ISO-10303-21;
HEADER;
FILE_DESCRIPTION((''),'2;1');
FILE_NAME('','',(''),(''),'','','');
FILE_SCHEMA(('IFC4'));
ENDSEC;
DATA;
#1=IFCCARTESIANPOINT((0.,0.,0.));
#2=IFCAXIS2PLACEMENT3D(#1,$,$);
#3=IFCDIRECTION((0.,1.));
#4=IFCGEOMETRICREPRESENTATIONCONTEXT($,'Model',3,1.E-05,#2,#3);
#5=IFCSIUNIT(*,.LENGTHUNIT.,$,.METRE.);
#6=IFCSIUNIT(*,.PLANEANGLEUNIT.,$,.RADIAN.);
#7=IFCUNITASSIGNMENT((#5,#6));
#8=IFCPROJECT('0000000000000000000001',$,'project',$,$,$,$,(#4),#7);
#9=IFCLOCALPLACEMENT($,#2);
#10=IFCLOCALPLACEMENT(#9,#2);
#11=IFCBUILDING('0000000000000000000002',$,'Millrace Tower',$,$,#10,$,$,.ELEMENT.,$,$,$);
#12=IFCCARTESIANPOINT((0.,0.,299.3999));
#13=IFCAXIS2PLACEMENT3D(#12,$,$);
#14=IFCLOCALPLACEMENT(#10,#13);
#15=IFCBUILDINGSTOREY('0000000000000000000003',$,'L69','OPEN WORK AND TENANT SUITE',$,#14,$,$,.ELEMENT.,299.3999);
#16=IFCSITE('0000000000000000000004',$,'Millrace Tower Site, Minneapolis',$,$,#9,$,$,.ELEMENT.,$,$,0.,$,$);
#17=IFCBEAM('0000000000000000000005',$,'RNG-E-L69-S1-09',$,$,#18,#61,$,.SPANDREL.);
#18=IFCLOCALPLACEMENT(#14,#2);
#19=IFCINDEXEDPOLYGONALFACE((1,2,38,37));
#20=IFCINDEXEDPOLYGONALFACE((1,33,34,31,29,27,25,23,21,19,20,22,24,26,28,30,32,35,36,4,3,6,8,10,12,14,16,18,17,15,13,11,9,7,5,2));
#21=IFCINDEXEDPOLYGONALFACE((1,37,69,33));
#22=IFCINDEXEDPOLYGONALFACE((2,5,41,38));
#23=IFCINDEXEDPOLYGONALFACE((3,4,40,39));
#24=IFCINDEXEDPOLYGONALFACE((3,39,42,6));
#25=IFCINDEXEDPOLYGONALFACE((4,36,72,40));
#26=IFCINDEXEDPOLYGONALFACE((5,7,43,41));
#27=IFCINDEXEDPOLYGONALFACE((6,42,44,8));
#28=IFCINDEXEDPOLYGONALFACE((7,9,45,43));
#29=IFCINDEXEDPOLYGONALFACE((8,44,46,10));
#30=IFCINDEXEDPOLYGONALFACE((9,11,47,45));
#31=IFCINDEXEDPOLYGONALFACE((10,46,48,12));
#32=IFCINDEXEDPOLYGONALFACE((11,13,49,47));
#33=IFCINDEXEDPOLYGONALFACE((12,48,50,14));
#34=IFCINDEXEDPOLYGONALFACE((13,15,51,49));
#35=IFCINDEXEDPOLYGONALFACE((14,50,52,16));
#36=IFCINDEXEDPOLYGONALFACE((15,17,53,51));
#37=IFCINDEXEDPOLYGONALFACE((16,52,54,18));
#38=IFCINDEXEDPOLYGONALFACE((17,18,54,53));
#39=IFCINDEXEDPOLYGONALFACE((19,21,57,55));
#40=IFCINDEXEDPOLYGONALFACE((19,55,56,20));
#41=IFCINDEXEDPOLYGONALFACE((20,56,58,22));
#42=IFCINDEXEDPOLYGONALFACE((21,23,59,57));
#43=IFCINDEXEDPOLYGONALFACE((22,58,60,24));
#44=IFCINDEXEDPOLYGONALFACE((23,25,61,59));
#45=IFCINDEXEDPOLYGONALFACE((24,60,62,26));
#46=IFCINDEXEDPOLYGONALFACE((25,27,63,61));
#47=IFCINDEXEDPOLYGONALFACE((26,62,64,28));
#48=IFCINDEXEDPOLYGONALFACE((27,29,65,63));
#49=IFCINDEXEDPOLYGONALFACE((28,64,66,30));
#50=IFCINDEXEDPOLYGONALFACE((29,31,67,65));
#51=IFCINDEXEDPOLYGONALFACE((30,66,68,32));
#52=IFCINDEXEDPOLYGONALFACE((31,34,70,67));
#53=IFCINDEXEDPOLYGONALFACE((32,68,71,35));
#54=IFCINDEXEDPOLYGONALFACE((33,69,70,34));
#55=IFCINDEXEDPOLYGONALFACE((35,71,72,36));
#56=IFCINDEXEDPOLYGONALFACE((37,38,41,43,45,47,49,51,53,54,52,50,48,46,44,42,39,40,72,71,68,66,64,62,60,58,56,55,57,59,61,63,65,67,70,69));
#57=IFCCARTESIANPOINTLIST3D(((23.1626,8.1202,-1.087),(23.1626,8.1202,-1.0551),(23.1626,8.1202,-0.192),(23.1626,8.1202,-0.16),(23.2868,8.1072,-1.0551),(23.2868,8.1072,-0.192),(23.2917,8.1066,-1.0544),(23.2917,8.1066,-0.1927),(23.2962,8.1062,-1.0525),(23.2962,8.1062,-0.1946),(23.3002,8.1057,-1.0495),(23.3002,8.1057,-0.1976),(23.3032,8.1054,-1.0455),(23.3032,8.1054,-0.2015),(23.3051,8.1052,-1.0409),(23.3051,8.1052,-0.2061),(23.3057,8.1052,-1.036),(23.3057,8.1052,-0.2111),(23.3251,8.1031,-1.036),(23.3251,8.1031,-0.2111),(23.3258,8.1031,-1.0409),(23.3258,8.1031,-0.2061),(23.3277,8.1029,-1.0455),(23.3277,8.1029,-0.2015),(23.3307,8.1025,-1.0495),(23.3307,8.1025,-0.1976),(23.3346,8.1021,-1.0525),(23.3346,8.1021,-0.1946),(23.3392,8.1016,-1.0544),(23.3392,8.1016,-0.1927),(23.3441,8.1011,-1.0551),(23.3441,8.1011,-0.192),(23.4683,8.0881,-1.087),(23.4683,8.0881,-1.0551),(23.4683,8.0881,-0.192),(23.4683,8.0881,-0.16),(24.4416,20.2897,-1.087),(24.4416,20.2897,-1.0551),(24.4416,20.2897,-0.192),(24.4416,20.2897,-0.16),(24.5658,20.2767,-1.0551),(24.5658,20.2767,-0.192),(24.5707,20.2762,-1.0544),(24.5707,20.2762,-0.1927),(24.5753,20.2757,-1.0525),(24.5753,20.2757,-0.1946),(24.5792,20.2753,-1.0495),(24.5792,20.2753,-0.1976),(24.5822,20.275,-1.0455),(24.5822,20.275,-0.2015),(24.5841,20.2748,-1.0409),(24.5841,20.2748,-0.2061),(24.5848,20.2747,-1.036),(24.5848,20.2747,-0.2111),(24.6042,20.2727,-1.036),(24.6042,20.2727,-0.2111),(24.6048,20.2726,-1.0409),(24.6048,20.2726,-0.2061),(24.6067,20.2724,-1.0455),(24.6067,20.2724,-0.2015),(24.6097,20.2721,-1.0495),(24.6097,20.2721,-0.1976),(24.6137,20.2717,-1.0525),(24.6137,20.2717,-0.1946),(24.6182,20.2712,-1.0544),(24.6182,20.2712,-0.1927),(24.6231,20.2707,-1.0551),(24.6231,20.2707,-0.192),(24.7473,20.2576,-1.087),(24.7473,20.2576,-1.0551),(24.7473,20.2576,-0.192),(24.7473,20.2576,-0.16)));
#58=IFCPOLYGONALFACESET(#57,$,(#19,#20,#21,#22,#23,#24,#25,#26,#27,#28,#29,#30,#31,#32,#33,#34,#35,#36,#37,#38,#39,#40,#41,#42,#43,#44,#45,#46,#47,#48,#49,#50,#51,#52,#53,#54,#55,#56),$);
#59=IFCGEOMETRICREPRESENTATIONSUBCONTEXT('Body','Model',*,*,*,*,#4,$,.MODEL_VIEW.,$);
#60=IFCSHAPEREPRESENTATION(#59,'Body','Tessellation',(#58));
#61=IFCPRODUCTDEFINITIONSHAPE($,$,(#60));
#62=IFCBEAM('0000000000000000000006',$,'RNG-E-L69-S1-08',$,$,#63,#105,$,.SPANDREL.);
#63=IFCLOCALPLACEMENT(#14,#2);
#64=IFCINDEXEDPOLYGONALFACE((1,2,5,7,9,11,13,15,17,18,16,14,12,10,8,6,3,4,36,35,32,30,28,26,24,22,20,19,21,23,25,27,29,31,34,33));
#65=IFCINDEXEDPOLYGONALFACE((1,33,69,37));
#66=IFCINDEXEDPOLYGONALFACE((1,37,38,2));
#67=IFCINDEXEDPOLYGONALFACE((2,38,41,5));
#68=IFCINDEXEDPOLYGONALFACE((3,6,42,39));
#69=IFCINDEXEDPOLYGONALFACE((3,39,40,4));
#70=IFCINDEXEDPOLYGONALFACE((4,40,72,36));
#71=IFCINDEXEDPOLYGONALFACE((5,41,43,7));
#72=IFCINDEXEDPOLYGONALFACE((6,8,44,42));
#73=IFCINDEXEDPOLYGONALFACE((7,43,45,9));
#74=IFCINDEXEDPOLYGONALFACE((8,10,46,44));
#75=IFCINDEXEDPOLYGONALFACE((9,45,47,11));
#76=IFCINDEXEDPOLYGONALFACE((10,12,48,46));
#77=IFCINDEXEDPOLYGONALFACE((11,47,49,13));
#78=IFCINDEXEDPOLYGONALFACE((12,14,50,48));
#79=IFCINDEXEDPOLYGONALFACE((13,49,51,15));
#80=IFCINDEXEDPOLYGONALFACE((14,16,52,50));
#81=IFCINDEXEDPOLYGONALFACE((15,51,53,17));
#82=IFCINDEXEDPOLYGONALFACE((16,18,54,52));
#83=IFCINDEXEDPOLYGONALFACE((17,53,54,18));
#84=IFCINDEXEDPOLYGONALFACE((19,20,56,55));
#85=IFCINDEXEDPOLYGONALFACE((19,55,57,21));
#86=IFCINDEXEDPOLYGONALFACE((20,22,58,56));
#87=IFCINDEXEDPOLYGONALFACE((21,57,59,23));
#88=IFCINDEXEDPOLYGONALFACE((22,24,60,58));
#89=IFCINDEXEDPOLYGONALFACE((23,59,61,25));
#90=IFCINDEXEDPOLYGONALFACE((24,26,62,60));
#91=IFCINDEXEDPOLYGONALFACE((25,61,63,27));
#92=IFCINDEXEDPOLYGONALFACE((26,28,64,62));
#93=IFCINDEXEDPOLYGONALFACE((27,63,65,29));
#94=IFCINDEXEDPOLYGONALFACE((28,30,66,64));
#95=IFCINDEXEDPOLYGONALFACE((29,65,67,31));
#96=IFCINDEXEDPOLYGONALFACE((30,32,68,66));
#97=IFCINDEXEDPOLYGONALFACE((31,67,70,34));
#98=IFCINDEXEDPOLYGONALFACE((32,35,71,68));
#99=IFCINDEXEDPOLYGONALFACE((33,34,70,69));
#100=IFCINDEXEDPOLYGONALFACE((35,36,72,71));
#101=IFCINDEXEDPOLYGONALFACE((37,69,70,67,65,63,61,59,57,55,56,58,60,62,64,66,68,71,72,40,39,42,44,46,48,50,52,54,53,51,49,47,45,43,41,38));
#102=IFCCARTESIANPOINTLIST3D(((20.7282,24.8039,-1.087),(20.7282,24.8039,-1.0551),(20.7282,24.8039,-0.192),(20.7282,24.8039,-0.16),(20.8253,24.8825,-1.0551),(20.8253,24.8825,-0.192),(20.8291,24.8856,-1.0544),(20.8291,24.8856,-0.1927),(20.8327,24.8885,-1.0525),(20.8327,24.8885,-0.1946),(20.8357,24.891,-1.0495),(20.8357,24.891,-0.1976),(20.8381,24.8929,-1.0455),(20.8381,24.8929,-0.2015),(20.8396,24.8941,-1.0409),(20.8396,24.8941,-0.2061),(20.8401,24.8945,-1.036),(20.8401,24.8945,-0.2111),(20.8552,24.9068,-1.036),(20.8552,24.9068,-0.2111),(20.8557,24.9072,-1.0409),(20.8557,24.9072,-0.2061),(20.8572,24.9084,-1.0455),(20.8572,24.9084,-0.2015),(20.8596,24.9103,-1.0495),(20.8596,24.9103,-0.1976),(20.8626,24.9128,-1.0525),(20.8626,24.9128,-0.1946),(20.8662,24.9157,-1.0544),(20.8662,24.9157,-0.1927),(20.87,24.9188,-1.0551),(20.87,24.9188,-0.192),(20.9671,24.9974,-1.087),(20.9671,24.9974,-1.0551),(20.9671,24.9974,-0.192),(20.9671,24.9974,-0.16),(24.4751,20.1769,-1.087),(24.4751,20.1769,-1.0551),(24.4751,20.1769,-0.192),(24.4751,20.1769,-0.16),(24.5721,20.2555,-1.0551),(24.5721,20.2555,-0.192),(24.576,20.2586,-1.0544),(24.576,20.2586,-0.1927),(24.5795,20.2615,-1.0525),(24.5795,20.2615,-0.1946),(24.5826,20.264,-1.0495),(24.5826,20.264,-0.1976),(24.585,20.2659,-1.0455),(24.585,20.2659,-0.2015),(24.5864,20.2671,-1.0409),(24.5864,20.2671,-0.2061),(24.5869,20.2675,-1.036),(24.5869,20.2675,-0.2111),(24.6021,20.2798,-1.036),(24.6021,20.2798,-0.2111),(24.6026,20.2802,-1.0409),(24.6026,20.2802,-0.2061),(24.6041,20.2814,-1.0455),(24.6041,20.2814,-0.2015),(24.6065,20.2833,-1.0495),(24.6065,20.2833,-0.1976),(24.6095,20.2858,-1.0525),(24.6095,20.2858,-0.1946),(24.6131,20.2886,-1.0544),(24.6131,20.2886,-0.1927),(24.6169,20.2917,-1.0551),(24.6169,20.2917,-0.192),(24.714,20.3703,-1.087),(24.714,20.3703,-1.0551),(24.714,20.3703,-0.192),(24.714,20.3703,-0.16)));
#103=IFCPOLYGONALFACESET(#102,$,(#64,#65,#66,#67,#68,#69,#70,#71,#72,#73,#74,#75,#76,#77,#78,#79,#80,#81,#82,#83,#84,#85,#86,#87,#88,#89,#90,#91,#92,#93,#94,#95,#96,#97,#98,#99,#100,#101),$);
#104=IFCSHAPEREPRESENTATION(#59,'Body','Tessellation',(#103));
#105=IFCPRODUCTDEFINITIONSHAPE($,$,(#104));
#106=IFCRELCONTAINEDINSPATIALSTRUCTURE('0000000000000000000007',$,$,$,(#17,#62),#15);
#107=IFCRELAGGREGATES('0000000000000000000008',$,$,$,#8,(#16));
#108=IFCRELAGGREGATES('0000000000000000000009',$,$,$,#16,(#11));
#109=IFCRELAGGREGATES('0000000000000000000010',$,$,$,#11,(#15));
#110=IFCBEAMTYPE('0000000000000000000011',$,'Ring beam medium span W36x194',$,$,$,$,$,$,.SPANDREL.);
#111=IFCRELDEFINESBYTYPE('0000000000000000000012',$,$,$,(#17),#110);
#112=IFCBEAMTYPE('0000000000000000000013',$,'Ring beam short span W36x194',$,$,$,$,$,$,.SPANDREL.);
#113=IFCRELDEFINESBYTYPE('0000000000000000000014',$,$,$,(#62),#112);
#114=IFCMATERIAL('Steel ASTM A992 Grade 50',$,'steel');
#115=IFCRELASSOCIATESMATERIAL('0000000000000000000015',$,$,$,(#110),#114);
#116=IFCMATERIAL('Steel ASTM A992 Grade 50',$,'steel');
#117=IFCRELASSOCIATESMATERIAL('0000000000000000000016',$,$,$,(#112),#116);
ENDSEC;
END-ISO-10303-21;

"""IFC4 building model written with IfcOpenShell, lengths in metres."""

from ifc_helpers import new_model, si_unit, direction, frame, origin, origin_2d, place, context, subcontext, project, spatial, i_section, extrude, material, material_profile, profile_set, type_object, element, save


model = new_model("IFC4")

# Units and contexts
model_context = context("Model", 3, precision=1e-05, world=origin(), true_north=direction((0.0, 1.0)))
body_context = subcontext(model_context, "Body", "Model", "MODEL_VIEW")
ifc_project = project(units=[si_unit("LENGTHUNIT", "METRE"), si_unit("PLANEANGLEUNIT", "RADIAN")], contexts=[model_context])

# Site, building, storey
site_placement = place(None, origin())
site = spatial("IfcSite", under=ifc_project, at=site_placement, Name="Millrace Tower Site, Minneapolis", CompositionType="ELEMENT", RefElevation=0.0)
building_placement = place(site_placement, origin())
building = spatial("IfcBuilding", under=site, at=building_placement, Name="Millrace Tower", CompositionType="ELEMENT")
storey_placement = place(building_placement, frame((0.0, 0.0, 299.3999)))
storey = spatial("IfcBuildingStorey", under=building, at=storey_placement, Name="L69", Description="OPEN WORK AND TENANT SUITE", CompositionType="ELEMENT", Elevation=299.3999)

# Beams
ifc_material_1 = material(Name="Steel ASTM A992 Grade 50", Category="steel")
ifc_material_profile_1 = material_profile(ifc_material_1, i_section(OverallWidth=0.3074, OverallDepth=0.927, WebThickness=0.0195, FlangeThickness=0.032, FilletRadius=0.019, at=origin_2d()))
ifc_profile_set_1 = profile_set([ifc_material_profile_1], Name="Steel ASTM A992 Grade 50")
beam_type_1 = type_object("IfcBeamType", Name="Ring beam medium span W36x194", PredefinedType="SPANDREL", material=ifc_profile_set_1)
beam_1_placement = place(storey_placement, frame((24.5945, 20.2737, -0.6235), z_axis=(-0.104528, -0.994522, 0.0), x_axis=(0.994522, -0.104528, 0.0)))
element("IfcBeam", 1, at=beam_1_placement, inside=storey, type_object=beam_type_1, Name="RNG-E-L69-S1-09", PredefinedType="SPANDREL", context=body_context, shape_type="SweptSolid", body=[
    extrude(i_section(OverallWidth=0.3074, OverallDepth=0.927, WebThickness=0.0195, FlangeThickness=0.032, FilletRadius=0.019, at=origin_2d()), origin(), (0.0, 0.0, 1.0), 12.2366),
])
ifc_material_2 = material(Name="Steel ASTM A992 Grade 50", Category="steel")
ifc_material_profile_2 = material_profile(ifc_material_2, i_section(OverallWidth=0.3074, OverallDepth=0.927, WebThickness=0.0195, FlangeThickness=0.032, FilletRadius=0.019, at=origin_2d()))
ifc_profile_set_2 = profile_set([ifc_material_profile_2], Name="Steel ASTM A992 Grade 50")
beam_type_2 = type_object("IfcBeamType", Name="Ring beam short span W36x194", PredefinedType="SPANDREL", material=ifc_profile_set_2)
beam_2_placement = place(storey_placement, frame((20.8477, 24.9006, -0.6235), z_axis=(0.62932, -0.777147, 0.0), x_axis=(0.777147, 0.62932, 0.0)))
element("IfcBeam", 2, at=beam_2_placement, inside=storey, type_object=beam_type_2, Name="RNG-E-L69-S1-08", PredefinedType="SPANDREL", context=body_context, shape_type="SweptSolid", body=[
    extrude(i_section(OverallWidth=0.3074, OverallDepth=0.927, WebThickness=0.0195, FlangeThickness=0.032, FilletRadius=0.019, at=origin_2d()), origin(), (0.0, 0.0, 1.0), 5.9539),
])

save(model, "model.ifc")
